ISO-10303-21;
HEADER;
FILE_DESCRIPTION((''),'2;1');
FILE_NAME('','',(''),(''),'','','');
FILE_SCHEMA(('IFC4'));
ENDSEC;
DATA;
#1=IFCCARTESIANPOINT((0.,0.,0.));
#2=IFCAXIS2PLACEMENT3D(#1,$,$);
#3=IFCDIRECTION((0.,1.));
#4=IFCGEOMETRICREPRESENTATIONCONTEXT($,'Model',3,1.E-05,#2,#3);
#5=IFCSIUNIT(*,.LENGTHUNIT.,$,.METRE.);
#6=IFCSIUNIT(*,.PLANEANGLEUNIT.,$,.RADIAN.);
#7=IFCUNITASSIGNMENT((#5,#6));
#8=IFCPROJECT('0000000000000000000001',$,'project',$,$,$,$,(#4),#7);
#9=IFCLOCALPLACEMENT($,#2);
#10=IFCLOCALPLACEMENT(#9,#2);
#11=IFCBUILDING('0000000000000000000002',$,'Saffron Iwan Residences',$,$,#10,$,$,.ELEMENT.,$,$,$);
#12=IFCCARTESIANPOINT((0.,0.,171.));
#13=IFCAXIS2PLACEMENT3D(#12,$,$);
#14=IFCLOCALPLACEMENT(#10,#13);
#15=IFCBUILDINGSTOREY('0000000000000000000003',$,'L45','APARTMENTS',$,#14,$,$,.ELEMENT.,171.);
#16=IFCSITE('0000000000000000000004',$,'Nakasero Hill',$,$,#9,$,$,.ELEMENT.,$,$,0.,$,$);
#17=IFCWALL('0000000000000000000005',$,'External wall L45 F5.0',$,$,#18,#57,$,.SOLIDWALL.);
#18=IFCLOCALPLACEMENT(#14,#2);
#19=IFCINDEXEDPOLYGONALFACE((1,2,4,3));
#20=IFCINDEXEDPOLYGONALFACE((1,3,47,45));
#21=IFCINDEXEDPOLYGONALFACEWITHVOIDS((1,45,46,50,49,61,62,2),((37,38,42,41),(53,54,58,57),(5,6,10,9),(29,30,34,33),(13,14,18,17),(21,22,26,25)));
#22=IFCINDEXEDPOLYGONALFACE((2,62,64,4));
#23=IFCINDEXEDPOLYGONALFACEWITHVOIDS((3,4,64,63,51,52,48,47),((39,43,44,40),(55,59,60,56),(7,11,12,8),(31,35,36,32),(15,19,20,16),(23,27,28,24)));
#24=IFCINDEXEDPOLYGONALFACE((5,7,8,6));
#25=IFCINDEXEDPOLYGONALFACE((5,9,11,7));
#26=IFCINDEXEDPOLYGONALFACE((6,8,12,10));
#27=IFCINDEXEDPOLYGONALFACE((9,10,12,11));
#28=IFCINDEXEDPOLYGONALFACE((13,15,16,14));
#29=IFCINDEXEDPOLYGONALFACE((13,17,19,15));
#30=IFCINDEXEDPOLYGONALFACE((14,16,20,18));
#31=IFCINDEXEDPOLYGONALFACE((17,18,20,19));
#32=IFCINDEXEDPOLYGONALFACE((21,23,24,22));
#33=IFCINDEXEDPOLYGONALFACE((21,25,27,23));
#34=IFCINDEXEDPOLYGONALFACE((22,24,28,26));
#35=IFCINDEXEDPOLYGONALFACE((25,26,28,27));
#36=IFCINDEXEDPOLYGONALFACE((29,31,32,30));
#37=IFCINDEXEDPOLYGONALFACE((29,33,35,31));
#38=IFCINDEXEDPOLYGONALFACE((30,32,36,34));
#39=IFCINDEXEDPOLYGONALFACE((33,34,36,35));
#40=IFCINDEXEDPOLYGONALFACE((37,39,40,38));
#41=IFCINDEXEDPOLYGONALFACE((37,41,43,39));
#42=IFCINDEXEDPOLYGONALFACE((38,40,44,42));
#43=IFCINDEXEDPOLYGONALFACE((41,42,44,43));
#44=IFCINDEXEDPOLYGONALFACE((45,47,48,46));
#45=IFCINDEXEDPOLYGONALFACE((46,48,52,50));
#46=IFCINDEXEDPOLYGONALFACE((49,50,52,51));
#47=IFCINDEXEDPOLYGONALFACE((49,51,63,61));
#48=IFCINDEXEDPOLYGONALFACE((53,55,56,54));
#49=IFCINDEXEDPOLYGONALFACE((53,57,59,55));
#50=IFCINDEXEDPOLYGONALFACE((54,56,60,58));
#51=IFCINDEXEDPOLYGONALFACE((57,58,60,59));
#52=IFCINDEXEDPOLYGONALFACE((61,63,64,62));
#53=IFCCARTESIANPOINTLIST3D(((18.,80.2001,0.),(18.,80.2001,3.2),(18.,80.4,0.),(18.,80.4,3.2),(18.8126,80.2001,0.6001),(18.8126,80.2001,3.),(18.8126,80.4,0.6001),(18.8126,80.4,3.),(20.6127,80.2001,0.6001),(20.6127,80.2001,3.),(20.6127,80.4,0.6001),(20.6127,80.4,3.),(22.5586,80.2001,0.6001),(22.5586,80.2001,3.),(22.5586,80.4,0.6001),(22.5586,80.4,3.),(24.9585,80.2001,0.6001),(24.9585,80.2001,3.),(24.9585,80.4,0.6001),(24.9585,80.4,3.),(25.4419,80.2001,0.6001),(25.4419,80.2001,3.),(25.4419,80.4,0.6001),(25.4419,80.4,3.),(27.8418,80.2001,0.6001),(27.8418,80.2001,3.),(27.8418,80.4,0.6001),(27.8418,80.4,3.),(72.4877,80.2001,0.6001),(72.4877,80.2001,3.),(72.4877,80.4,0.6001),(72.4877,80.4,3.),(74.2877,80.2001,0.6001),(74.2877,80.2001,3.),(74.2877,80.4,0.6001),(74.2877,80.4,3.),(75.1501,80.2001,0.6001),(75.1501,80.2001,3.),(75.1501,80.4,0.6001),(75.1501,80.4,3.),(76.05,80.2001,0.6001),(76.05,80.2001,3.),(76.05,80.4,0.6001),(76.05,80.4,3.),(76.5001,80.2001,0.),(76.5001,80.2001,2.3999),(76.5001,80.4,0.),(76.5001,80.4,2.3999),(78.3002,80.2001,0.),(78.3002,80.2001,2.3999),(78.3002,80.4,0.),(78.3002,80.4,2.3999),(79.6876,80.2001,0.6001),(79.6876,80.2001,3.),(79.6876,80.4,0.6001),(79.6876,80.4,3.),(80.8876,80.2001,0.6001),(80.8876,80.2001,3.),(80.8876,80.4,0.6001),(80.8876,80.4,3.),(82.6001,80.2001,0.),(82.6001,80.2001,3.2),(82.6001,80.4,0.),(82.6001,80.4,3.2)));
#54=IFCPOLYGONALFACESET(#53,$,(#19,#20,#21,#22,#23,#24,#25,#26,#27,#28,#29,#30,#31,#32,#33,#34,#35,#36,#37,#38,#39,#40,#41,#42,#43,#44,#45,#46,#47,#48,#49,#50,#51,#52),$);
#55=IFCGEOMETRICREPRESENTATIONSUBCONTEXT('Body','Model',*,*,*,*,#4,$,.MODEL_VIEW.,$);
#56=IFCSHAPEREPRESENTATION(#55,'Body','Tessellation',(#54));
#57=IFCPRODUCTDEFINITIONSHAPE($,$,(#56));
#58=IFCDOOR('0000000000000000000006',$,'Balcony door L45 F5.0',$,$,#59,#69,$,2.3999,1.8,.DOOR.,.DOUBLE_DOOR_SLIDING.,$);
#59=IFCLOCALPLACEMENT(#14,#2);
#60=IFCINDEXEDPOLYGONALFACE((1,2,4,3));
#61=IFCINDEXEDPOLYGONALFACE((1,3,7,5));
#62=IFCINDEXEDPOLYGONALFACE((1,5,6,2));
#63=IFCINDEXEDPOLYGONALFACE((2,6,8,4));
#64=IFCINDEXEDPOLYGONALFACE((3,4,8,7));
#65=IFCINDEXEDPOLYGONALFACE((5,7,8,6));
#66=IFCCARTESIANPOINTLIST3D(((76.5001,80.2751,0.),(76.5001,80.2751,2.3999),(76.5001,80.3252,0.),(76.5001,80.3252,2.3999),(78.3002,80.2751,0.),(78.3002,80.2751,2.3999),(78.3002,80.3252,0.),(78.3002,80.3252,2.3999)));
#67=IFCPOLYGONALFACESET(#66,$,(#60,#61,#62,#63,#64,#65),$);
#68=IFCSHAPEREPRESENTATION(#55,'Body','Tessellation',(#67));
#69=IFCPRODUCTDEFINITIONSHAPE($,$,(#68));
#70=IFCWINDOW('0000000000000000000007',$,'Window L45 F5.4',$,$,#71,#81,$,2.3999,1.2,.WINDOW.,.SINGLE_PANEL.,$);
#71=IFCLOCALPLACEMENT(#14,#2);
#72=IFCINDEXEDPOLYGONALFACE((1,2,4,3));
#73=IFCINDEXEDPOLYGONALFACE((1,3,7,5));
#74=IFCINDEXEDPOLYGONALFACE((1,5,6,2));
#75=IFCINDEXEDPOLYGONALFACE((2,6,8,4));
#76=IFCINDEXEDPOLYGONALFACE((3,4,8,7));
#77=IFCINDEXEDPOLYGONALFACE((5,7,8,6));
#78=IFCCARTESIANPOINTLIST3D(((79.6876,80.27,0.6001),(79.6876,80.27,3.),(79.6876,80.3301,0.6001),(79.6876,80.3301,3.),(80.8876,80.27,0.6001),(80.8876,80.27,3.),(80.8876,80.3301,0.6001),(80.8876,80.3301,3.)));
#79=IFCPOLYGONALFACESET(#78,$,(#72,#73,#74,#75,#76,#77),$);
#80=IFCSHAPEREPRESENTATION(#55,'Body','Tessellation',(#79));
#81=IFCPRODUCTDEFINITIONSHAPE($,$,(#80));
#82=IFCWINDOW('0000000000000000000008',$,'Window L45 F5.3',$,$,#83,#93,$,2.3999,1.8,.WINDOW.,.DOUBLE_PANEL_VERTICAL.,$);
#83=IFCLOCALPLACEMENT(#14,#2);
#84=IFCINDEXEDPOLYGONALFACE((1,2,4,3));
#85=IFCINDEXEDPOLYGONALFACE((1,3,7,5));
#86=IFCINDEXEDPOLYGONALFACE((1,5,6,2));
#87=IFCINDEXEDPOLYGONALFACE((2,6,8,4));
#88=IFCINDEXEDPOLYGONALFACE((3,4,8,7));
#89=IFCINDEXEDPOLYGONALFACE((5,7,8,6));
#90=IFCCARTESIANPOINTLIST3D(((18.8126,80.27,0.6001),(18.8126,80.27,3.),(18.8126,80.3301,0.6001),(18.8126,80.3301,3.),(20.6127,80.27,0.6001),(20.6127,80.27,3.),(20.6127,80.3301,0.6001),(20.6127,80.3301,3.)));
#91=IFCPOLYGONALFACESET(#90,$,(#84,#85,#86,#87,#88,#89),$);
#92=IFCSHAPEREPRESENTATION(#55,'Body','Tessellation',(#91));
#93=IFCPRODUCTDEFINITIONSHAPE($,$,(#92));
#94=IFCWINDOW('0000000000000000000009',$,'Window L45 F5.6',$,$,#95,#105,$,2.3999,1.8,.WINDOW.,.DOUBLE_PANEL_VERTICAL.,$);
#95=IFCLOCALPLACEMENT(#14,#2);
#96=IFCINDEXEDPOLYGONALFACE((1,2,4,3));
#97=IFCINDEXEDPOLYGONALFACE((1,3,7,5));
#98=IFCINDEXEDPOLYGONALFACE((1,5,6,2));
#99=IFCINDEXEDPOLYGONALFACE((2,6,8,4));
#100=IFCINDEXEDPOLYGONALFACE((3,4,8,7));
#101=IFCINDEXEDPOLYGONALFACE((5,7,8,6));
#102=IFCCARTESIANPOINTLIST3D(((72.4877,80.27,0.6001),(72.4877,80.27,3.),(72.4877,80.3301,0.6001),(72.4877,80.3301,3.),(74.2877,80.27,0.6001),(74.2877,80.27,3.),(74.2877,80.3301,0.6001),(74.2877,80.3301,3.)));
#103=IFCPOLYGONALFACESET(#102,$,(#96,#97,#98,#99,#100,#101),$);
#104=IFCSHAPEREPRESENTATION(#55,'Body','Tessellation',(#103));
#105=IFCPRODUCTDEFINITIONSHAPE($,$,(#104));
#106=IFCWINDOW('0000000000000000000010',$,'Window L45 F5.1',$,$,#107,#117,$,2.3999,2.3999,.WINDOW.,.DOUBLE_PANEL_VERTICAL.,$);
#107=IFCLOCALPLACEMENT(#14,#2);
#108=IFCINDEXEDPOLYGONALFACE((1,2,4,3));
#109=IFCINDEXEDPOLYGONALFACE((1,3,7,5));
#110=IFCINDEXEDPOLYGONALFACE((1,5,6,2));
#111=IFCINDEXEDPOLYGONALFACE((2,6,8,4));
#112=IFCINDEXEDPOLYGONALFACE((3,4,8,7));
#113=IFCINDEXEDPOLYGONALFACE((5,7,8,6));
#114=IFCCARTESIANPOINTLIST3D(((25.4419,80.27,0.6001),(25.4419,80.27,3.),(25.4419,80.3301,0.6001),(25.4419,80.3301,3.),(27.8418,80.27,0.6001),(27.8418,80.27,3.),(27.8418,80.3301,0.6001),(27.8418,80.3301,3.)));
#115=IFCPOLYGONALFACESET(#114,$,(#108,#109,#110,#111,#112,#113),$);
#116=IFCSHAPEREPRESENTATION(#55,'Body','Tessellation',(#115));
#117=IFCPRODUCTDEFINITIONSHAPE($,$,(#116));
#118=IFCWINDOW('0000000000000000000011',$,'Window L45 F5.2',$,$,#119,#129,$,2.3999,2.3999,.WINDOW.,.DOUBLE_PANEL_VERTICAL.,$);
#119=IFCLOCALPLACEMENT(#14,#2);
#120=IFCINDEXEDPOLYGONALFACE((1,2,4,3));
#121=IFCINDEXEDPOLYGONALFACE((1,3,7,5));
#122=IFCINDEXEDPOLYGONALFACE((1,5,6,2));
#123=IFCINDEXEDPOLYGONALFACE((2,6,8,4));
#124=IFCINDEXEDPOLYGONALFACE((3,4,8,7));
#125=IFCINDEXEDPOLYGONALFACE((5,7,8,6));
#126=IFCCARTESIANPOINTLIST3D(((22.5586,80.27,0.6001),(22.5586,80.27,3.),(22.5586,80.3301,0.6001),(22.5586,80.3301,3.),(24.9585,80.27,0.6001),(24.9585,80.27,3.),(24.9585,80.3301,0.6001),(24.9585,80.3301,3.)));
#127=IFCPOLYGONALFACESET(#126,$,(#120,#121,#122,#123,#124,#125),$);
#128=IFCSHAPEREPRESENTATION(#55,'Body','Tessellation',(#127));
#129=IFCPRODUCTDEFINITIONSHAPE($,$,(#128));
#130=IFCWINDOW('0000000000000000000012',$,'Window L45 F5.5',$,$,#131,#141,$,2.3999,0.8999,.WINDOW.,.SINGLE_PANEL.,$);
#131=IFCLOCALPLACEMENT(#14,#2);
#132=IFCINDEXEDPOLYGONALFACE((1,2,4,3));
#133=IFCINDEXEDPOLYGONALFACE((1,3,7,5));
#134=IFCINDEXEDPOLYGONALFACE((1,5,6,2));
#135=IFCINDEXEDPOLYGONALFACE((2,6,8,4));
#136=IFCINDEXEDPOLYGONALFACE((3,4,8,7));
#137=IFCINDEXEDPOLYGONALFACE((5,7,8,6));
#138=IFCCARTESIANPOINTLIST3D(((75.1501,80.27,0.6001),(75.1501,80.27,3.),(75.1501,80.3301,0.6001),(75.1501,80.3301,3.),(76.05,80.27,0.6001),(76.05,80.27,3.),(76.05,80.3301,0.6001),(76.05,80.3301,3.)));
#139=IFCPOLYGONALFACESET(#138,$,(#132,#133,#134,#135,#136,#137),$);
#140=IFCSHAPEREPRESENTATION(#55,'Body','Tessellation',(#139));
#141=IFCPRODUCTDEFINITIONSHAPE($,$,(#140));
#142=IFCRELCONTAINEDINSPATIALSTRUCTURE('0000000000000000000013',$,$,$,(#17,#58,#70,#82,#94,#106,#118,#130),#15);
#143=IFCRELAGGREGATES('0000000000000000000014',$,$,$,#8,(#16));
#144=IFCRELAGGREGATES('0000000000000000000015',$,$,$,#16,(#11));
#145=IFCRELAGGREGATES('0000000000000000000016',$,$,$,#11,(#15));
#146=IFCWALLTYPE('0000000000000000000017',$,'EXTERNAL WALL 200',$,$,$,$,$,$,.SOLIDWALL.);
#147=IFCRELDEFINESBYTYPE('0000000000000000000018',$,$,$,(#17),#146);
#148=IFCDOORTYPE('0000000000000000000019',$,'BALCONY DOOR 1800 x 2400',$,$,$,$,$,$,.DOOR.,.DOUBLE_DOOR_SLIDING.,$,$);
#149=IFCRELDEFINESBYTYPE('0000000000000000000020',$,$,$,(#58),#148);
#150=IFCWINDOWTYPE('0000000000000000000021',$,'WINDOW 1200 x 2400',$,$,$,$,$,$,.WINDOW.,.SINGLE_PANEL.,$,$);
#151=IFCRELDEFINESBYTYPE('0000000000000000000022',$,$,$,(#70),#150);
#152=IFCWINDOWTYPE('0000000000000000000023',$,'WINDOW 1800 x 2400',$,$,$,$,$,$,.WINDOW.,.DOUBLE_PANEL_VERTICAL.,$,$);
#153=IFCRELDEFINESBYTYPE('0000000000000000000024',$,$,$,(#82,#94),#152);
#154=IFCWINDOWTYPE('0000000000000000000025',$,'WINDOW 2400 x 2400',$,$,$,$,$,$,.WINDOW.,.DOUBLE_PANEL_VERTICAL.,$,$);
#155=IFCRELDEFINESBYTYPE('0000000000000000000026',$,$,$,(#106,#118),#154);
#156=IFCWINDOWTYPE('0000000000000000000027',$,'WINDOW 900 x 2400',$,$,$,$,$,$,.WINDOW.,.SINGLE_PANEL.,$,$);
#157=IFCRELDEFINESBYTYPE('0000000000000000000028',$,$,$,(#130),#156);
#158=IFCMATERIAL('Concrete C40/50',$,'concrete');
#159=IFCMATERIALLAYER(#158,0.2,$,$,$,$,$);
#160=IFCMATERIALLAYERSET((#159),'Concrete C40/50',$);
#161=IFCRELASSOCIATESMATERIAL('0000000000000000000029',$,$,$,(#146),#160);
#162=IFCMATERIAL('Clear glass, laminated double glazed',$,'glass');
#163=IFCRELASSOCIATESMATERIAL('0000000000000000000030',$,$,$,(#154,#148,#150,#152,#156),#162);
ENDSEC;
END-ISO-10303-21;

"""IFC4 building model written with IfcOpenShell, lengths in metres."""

from ifc_helpers import new_model, si_unit, direction, frame, frame_2d, origin, place, context, subcontext, project, spatial, rectangle, extrude, material, layer, layer_set, type_object, element, fill, save


model = new_model("IFC4")

# Units and contexts
model_context = context("Model", 3, precision=1e-05, world=origin(), true_north=direction((0.0, 1.0)))
body_context = subcontext(model_context, "Body", "Model", "MODEL_VIEW")
ifc_project = project(units=[si_unit("LENGTHUNIT", "METRE"), si_unit("PLANEANGLEUNIT", "RADIAN")], contexts=[model_context])

# Site, building, storey
site_placement = place(None, origin())
site = spatial("IfcSite", under=ifc_project, at=site_placement, Name="Nakasero Hill", CompositionType="ELEMENT", RefElevation=0.0)
building_placement = place(site_placement, origin())
building = spatial("IfcBuilding", under=site, at=building_placement, Name="Saffron Iwan Residences", CompositionType="ELEMENT")
storey_placement = place(building_placement, frame((0.0, 0.0, 171.0)))
storey = spatial("IfcBuildingStorey", under=building, at=storey_placement, Name="L45", Description="APARTMENTS", CompositionType="ELEMENT", Elevation=171.0)

# Shared definitions
ifc_material_1 = material(Name="Concrete C40/50", Category="concrete")
ifc_layer_1 = layer(ifc_material_1, 0.2)
ifc_layer_set_1 = layer_set([ifc_layer_1], Name="Concrete C40/50")
wall_type_1 = type_object("IfcWallType", Name="EXTERNAL WALL 200", PredefinedType="SOLIDWALL", material=ifc_layer_set_1)
ifc_material_2 = material(Name="Clear glass, laminated double glazed", Category="glass")
window_type_1 = type_object("IfcWindowType", Name="WINDOW 2400 x 2400", PartitioningType="DOUBLE_PANEL_VERTICAL", PredefinedType="WINDOW", material=ifc_material_2)

# Wall, openings, door, windows
wall_1_placement = place(storey_placement, frame((82.6001, 80.3, 0.0), z_axis=(0.0, 0.0, 1.0), x_axis=(-1.0, 0.0, 0.0)))
wall_1 = element("IfcWall", 1, at=wall_1_placement, inside=storey, type_object=wall_type_1, Name="External wall L45 F5.0", PredefinedType="SOLIDWALL", context=body_context, shape_type="SweptSolid", body=[
    extrude(rectangle(XDim=64.6001, YDim=0.2, at=frame_2d((32.3, 0.0))), origin(), (0.0, 0.0, 1.0), 3.2),
])
opening_1_placement = place(wall_1_placement, frame((4.3, 0.0, 0.0)))
opening_1 = element("IfcOpeningElement", 2, at=opening_1_placement, cuts=wall_1, PredefinedType="OPENING", context=body_context, shape_type="SweptSolid", body=[
    extrude(rectangle(XDim=1.8, YDim=2.3999, at=frame_2d((0.8999, 1.2))), frame((0.0, 0.1099, 0.0), z_axis=(0.0, -1.0, 0.0), x_axis=(1.0, 0.0, 0.0)), (0.0, 0.0, 1.0), 0.22),
])
opening_2_placement = place(wall_1_placement, frame((54.7583, 0.0, 0.6001)))
opening_2 = element("IfcOpeningElement", 3, at=opening_2_placement, cuts=wall_1, PredefinedType="OPENING", context=body_context, shape_type="SweptSolid", body=[
    extrude(rectangle(XDim=2.3999, YDim=2.3999, at=frame_2d((1.2, 1.2))), frame((0.0, 0.1099, 0.0), z_axis=(0.0, -1.0, 0.0), x_axis=(1.0, 0.0, 0.0)), (0.0, 0.0, 1.0), 0.22),
])
opening_3_placement = place(wall_1_placement, frame((57.6416, 0.0, 0.6001)))
opening_3 = element("IfcOpeningElement", 4, at=opening_3_placement, cuts=wall_1, PredefinedType="OPENING", context=body_context, shape_type="SweptSolid", body=[
    extrude(rectangle(XDim=2.3999, YDim=2.3999, at=frame_2d((1.2, 1.2))), frame((0.0, 0.1099, 0.0), z_axis=(0.0, -1.0, 0.0), x_axis=(1.0, 0.0, 0.0)), (0.0, 0.0, 1.0), 0.22),
])
opening_4_placement = place(wall_1_placement, frame((61.9875, 0.0, 0.6001)))
opening_4 = element("IfcOpeningElement", 5, at=opening_4_placement, cuts=wall_1, PredefinedType="OPENING", context=body_context, shape_type="SweptSolid", body=[
    extrude(rectangle(XDim=1.8, YDim=2.3999, at=frame_2d((0.8999, 1.2))), frame((0.0, 0.1099, 0.0), z_axis=(0.0, -1.0, 0.0), x_axis=(1.0, 0.0, 0.0)), (0.0, 0.0, 1.0), 0.22),
])
opening_5_placement = place(wall_1_placement, frame((1.7124, 0.0, 0.6001)))
opening_5 = element("IfcOpeningElement", 6, at=opening_5_placement, cuts=wall_1, PredefinedType="OPENING", context=body_context, shape_type="SweptSolid", body=[
    extrude(rectangle(XDim=1.2, YDim=2.3999, at=frame_2d((0.6001, 1.2))), frame((0.0, 0.1099, 0.0), z_axis=(0.0, -1.0, 0.0), x_axis=(1.0, 0.0, 0.0)), (0.0, 0.0, 1.0), 0.22),
])
opening_6_placement = place(wall_1_placement, frame((6.55, 0.0, 0.6001)))
opening_6 = element("IfcOpeningElement", 7, at=opening_6_placement, cuts=wall_1, PredefinedType="OPENING", context=body_context, shape_type="SweptSolid", body=[
    extrude(rectangle(XDim=0.8999, YDim=2.3999, at=frame_2d((0.45, 1.2))), frame((0.0, 0.1099, 0.0), z_axis=(0.0, -1.0, 0.0), x_axis=(1.0, 0.0, 0.0)), (0.0, 0.0, 1.0), 0.22),
])
opening_7_placement = place(wall_1_placement, frame((8.3125, 0.0, 0.6001)))
opening_7 = element("IfcOpeningElement", 8, at=opening_7_placement, cuts=wall_1, PredefinedType="OPENING", context=body_context, shape_type="SweptSolid", body=[
    extrude(rectangle(XDim=1.8, YDim=2.3999, at=frame_2d((0.8999, 1.2))), frame((0.0, 0.1099, 0.0), z_axis=(0.0, -1.0, 0.0), x_axis=(1.0, 0.0, 0.0)), (0.0, 0.0, 1.0), 0.22),
])
door_type_1 = type_object("IfcDoorType", Name="BALCONY DOOR 1800 x 2400", OperationType="DOUBLE_DOOR_SLIDING", PredefinedType="DOOR", material=ifc_material_2)
door_1_placement = place(opening_1_placement, origin())
door_1 = element("IfcDoor", 9, at=door_1_placement, inside=storey, type_object=door_type_1, Name="Balcony door L45 F5.0", OperationType="DOUBLE_DOOR_SLIDING", OverallHeight=2.3999, OverallWidth=1.8, PredefinedType="DOOR", context=body_context, shape_type="SweptSolid", body=[
    extrude(rectangle(XDim=1.8, YDim=2.3999, at=frame_2d((0.8999, 1.2))), frame((0.0, 0.0249, 0.0), z_axis=(0.0, -1.0, 0.0), x_axis=(1.0, 0.0, 0.0)), (0.0, 0.0, 1.0), 0.05),
])
fill(opening_1, door_1)
window_type_2 = type_object("IfcWindowType", Name="WINDOW 1200 x 2400", PartitioningType="SINGLE_PANEL", PredefinedType="WINDOW", material=ifc_material_2)
window_1_placement = place(opening_5_placement, origin())
window_1 = element("IfcWindow", 10, at=window_1_placement, inside=storey, type_object=window_type_2, Name="Window L45 F5.4", OverallHeight=2.3999, OverallWidth=1.2, PartitioningType="SINGLE_PANEL", PredefinedType="WINDOW", context=body_context, shape_type="SweptSolid", body=[
    extrude(rectangle(XDim=1.2, YDim=2.3999, at=frame_2d((0.6001, 1.2))), frame((0.0, 0.03, 0.0), z_axis=(0.0, -1.0, 0.0), x_axis=(1.0, 0.0, 0.0)), (0.0, 0.0, 1.0), 0.0601),
])
fill(opening_5, window_1)
window_type_3 = type_object("IfcWindowType", Name="WINDOW 1800 x 2400", PartitioningType="DOUBLE_PANEL_VERTICAL", PredefinedType="WINDOW", material=ifc_material_2)
window_2_placement = place(opening_4_placement, origin())
window_2 = element("IfcWindow", 11, at=window_2_placement, inside=storey, type_object=window_type_3, Name="Window L45 F5.3", OverallHeight=2.3999, OverallWidth=1.8, PartitioningType="DOUBLE_PANEL_VERTICAL", PredefinedType="WINDOW", context=body_context, shape_type="SweptSolid", body=[
    extrude(rectangle(XDim=1.8, YDim=2.3999, at=frame_2d((0.8999, 1.2))), frame((0.0, 0.03, 0.0), z_axis=(0.0, -1.0, 0.0), x_axis=(1.0, 0.0, 0.0)), (0.0, 0.0, 1.0), 0.0601),
])
fill(opening_4, window_2)
window_3_placement = place(opening_7_placement, origin())
window_3 = element("IfcWindow", 12, at=window_3_placement, inside=storey, type_object=window_type_3, Name="Window L45 F5.6", OverallHeight=2.3999, OverallWidth=1.8, PartitioningType="DOUBLE_PANEL_VERTICAL", PredefinedType="WINDOW", context=body_context, shape_type="SweptSolid", body=[
    extrude(rectangle(XDim=1.8, YDim=2.3999, at=frame_2d((0.8999, 1.2))), frame((0.0, 0.03, 0.0), z_axis=(0.0, -1.0, 0.0), x_axis=(1.0, 0.0, 0.0)), (0.0, 0.0, 1.0), 0.0601),
])
fill(opening_7, window_3)
window_4_placement = place(opening_2_placement, origin())
window_4 = element("IfcWindow", 13, at=window_4_placement, inside=storey, type_object=window_type_1, Name="Window L45 F5.1", OverallHeight=2.3999, OverallWidth=2.3999, PartitioningType="DOUBLE_PANEL_VERTICAL", PredefinedType="WINDOW", context=body_context, shape_type="SweptSolid", body=[
    extrude(rectangle(XDim=2.3999, YDim=2.3999, at=frame_2d((1.2, 1.2))), frame((0.0, 0.03, 0.0), z_axis=(0.0, -1.0, 0.0), x_axis=(1.0, 0.0, 0.0)), (0.0, 0.0, 1.0), 0.0601),
])
fill(opening_2, window_4)
window_5_placement = place(opening_3_placement, origin())
window_5 = element("IfcWindow", 14, at=window_5_placement, inside=storey, type_object=window_type_1, Name="Window L45 F5.2", OverallHeight=2.3999, OverallWidth=2.3999, PartitioningType="DOUBLE_PANEL_VERTICAL", PredefinedType="WINDOW", context=body_context, shape_type="SweptSolid", body=[
    extrude(rectangle(XDim=2.3999, YDim=2.3999, at=frame_2d((1.2, 1.2))), frame((0.0, 0.03, 0.0), z_axis=(0.0, -1.0, 0.0), x_axis=(1.0, 0.0, 0.0)), (0.0, 0.0, 1.0), 0.0601),
])
fill(opening_3, window_5)
window_type_4 = type_object("IfcWindowType", Name="WINDOW 900 x 2400", PartitioningType="SINGLE_PANEL", PredefinedType="WINDOW", material=ifc_material_2)
window_6_placement = place(opening_6_placement, origin())
window_6 = element("IfcWindow", 15, at=window_6_placement, inside=storey, type_object=window_type_4, Name="Window L45 F5.5", OverallHeight=2.3999, OverallWidth=0.8999, PartitioningType="SINGLE_PANEL", PredefinedType="WINDOW", context=body_context, shape_type="SweptSolid", body=[
    extrude(rectangle(XDim=0.8999, YDim=2.3999, at=frame_2d((0.45, 1.2))), frame((0.0, 0.03, 0.0), z_axis=(0.0, -1.0, 0.0), x_axis=(1.0, 0.0, 0.0)), (0.0, 0.0, 1.0), 0.0601),
])
fill(opening_6, window_6)

save(model, "model.ifc")
